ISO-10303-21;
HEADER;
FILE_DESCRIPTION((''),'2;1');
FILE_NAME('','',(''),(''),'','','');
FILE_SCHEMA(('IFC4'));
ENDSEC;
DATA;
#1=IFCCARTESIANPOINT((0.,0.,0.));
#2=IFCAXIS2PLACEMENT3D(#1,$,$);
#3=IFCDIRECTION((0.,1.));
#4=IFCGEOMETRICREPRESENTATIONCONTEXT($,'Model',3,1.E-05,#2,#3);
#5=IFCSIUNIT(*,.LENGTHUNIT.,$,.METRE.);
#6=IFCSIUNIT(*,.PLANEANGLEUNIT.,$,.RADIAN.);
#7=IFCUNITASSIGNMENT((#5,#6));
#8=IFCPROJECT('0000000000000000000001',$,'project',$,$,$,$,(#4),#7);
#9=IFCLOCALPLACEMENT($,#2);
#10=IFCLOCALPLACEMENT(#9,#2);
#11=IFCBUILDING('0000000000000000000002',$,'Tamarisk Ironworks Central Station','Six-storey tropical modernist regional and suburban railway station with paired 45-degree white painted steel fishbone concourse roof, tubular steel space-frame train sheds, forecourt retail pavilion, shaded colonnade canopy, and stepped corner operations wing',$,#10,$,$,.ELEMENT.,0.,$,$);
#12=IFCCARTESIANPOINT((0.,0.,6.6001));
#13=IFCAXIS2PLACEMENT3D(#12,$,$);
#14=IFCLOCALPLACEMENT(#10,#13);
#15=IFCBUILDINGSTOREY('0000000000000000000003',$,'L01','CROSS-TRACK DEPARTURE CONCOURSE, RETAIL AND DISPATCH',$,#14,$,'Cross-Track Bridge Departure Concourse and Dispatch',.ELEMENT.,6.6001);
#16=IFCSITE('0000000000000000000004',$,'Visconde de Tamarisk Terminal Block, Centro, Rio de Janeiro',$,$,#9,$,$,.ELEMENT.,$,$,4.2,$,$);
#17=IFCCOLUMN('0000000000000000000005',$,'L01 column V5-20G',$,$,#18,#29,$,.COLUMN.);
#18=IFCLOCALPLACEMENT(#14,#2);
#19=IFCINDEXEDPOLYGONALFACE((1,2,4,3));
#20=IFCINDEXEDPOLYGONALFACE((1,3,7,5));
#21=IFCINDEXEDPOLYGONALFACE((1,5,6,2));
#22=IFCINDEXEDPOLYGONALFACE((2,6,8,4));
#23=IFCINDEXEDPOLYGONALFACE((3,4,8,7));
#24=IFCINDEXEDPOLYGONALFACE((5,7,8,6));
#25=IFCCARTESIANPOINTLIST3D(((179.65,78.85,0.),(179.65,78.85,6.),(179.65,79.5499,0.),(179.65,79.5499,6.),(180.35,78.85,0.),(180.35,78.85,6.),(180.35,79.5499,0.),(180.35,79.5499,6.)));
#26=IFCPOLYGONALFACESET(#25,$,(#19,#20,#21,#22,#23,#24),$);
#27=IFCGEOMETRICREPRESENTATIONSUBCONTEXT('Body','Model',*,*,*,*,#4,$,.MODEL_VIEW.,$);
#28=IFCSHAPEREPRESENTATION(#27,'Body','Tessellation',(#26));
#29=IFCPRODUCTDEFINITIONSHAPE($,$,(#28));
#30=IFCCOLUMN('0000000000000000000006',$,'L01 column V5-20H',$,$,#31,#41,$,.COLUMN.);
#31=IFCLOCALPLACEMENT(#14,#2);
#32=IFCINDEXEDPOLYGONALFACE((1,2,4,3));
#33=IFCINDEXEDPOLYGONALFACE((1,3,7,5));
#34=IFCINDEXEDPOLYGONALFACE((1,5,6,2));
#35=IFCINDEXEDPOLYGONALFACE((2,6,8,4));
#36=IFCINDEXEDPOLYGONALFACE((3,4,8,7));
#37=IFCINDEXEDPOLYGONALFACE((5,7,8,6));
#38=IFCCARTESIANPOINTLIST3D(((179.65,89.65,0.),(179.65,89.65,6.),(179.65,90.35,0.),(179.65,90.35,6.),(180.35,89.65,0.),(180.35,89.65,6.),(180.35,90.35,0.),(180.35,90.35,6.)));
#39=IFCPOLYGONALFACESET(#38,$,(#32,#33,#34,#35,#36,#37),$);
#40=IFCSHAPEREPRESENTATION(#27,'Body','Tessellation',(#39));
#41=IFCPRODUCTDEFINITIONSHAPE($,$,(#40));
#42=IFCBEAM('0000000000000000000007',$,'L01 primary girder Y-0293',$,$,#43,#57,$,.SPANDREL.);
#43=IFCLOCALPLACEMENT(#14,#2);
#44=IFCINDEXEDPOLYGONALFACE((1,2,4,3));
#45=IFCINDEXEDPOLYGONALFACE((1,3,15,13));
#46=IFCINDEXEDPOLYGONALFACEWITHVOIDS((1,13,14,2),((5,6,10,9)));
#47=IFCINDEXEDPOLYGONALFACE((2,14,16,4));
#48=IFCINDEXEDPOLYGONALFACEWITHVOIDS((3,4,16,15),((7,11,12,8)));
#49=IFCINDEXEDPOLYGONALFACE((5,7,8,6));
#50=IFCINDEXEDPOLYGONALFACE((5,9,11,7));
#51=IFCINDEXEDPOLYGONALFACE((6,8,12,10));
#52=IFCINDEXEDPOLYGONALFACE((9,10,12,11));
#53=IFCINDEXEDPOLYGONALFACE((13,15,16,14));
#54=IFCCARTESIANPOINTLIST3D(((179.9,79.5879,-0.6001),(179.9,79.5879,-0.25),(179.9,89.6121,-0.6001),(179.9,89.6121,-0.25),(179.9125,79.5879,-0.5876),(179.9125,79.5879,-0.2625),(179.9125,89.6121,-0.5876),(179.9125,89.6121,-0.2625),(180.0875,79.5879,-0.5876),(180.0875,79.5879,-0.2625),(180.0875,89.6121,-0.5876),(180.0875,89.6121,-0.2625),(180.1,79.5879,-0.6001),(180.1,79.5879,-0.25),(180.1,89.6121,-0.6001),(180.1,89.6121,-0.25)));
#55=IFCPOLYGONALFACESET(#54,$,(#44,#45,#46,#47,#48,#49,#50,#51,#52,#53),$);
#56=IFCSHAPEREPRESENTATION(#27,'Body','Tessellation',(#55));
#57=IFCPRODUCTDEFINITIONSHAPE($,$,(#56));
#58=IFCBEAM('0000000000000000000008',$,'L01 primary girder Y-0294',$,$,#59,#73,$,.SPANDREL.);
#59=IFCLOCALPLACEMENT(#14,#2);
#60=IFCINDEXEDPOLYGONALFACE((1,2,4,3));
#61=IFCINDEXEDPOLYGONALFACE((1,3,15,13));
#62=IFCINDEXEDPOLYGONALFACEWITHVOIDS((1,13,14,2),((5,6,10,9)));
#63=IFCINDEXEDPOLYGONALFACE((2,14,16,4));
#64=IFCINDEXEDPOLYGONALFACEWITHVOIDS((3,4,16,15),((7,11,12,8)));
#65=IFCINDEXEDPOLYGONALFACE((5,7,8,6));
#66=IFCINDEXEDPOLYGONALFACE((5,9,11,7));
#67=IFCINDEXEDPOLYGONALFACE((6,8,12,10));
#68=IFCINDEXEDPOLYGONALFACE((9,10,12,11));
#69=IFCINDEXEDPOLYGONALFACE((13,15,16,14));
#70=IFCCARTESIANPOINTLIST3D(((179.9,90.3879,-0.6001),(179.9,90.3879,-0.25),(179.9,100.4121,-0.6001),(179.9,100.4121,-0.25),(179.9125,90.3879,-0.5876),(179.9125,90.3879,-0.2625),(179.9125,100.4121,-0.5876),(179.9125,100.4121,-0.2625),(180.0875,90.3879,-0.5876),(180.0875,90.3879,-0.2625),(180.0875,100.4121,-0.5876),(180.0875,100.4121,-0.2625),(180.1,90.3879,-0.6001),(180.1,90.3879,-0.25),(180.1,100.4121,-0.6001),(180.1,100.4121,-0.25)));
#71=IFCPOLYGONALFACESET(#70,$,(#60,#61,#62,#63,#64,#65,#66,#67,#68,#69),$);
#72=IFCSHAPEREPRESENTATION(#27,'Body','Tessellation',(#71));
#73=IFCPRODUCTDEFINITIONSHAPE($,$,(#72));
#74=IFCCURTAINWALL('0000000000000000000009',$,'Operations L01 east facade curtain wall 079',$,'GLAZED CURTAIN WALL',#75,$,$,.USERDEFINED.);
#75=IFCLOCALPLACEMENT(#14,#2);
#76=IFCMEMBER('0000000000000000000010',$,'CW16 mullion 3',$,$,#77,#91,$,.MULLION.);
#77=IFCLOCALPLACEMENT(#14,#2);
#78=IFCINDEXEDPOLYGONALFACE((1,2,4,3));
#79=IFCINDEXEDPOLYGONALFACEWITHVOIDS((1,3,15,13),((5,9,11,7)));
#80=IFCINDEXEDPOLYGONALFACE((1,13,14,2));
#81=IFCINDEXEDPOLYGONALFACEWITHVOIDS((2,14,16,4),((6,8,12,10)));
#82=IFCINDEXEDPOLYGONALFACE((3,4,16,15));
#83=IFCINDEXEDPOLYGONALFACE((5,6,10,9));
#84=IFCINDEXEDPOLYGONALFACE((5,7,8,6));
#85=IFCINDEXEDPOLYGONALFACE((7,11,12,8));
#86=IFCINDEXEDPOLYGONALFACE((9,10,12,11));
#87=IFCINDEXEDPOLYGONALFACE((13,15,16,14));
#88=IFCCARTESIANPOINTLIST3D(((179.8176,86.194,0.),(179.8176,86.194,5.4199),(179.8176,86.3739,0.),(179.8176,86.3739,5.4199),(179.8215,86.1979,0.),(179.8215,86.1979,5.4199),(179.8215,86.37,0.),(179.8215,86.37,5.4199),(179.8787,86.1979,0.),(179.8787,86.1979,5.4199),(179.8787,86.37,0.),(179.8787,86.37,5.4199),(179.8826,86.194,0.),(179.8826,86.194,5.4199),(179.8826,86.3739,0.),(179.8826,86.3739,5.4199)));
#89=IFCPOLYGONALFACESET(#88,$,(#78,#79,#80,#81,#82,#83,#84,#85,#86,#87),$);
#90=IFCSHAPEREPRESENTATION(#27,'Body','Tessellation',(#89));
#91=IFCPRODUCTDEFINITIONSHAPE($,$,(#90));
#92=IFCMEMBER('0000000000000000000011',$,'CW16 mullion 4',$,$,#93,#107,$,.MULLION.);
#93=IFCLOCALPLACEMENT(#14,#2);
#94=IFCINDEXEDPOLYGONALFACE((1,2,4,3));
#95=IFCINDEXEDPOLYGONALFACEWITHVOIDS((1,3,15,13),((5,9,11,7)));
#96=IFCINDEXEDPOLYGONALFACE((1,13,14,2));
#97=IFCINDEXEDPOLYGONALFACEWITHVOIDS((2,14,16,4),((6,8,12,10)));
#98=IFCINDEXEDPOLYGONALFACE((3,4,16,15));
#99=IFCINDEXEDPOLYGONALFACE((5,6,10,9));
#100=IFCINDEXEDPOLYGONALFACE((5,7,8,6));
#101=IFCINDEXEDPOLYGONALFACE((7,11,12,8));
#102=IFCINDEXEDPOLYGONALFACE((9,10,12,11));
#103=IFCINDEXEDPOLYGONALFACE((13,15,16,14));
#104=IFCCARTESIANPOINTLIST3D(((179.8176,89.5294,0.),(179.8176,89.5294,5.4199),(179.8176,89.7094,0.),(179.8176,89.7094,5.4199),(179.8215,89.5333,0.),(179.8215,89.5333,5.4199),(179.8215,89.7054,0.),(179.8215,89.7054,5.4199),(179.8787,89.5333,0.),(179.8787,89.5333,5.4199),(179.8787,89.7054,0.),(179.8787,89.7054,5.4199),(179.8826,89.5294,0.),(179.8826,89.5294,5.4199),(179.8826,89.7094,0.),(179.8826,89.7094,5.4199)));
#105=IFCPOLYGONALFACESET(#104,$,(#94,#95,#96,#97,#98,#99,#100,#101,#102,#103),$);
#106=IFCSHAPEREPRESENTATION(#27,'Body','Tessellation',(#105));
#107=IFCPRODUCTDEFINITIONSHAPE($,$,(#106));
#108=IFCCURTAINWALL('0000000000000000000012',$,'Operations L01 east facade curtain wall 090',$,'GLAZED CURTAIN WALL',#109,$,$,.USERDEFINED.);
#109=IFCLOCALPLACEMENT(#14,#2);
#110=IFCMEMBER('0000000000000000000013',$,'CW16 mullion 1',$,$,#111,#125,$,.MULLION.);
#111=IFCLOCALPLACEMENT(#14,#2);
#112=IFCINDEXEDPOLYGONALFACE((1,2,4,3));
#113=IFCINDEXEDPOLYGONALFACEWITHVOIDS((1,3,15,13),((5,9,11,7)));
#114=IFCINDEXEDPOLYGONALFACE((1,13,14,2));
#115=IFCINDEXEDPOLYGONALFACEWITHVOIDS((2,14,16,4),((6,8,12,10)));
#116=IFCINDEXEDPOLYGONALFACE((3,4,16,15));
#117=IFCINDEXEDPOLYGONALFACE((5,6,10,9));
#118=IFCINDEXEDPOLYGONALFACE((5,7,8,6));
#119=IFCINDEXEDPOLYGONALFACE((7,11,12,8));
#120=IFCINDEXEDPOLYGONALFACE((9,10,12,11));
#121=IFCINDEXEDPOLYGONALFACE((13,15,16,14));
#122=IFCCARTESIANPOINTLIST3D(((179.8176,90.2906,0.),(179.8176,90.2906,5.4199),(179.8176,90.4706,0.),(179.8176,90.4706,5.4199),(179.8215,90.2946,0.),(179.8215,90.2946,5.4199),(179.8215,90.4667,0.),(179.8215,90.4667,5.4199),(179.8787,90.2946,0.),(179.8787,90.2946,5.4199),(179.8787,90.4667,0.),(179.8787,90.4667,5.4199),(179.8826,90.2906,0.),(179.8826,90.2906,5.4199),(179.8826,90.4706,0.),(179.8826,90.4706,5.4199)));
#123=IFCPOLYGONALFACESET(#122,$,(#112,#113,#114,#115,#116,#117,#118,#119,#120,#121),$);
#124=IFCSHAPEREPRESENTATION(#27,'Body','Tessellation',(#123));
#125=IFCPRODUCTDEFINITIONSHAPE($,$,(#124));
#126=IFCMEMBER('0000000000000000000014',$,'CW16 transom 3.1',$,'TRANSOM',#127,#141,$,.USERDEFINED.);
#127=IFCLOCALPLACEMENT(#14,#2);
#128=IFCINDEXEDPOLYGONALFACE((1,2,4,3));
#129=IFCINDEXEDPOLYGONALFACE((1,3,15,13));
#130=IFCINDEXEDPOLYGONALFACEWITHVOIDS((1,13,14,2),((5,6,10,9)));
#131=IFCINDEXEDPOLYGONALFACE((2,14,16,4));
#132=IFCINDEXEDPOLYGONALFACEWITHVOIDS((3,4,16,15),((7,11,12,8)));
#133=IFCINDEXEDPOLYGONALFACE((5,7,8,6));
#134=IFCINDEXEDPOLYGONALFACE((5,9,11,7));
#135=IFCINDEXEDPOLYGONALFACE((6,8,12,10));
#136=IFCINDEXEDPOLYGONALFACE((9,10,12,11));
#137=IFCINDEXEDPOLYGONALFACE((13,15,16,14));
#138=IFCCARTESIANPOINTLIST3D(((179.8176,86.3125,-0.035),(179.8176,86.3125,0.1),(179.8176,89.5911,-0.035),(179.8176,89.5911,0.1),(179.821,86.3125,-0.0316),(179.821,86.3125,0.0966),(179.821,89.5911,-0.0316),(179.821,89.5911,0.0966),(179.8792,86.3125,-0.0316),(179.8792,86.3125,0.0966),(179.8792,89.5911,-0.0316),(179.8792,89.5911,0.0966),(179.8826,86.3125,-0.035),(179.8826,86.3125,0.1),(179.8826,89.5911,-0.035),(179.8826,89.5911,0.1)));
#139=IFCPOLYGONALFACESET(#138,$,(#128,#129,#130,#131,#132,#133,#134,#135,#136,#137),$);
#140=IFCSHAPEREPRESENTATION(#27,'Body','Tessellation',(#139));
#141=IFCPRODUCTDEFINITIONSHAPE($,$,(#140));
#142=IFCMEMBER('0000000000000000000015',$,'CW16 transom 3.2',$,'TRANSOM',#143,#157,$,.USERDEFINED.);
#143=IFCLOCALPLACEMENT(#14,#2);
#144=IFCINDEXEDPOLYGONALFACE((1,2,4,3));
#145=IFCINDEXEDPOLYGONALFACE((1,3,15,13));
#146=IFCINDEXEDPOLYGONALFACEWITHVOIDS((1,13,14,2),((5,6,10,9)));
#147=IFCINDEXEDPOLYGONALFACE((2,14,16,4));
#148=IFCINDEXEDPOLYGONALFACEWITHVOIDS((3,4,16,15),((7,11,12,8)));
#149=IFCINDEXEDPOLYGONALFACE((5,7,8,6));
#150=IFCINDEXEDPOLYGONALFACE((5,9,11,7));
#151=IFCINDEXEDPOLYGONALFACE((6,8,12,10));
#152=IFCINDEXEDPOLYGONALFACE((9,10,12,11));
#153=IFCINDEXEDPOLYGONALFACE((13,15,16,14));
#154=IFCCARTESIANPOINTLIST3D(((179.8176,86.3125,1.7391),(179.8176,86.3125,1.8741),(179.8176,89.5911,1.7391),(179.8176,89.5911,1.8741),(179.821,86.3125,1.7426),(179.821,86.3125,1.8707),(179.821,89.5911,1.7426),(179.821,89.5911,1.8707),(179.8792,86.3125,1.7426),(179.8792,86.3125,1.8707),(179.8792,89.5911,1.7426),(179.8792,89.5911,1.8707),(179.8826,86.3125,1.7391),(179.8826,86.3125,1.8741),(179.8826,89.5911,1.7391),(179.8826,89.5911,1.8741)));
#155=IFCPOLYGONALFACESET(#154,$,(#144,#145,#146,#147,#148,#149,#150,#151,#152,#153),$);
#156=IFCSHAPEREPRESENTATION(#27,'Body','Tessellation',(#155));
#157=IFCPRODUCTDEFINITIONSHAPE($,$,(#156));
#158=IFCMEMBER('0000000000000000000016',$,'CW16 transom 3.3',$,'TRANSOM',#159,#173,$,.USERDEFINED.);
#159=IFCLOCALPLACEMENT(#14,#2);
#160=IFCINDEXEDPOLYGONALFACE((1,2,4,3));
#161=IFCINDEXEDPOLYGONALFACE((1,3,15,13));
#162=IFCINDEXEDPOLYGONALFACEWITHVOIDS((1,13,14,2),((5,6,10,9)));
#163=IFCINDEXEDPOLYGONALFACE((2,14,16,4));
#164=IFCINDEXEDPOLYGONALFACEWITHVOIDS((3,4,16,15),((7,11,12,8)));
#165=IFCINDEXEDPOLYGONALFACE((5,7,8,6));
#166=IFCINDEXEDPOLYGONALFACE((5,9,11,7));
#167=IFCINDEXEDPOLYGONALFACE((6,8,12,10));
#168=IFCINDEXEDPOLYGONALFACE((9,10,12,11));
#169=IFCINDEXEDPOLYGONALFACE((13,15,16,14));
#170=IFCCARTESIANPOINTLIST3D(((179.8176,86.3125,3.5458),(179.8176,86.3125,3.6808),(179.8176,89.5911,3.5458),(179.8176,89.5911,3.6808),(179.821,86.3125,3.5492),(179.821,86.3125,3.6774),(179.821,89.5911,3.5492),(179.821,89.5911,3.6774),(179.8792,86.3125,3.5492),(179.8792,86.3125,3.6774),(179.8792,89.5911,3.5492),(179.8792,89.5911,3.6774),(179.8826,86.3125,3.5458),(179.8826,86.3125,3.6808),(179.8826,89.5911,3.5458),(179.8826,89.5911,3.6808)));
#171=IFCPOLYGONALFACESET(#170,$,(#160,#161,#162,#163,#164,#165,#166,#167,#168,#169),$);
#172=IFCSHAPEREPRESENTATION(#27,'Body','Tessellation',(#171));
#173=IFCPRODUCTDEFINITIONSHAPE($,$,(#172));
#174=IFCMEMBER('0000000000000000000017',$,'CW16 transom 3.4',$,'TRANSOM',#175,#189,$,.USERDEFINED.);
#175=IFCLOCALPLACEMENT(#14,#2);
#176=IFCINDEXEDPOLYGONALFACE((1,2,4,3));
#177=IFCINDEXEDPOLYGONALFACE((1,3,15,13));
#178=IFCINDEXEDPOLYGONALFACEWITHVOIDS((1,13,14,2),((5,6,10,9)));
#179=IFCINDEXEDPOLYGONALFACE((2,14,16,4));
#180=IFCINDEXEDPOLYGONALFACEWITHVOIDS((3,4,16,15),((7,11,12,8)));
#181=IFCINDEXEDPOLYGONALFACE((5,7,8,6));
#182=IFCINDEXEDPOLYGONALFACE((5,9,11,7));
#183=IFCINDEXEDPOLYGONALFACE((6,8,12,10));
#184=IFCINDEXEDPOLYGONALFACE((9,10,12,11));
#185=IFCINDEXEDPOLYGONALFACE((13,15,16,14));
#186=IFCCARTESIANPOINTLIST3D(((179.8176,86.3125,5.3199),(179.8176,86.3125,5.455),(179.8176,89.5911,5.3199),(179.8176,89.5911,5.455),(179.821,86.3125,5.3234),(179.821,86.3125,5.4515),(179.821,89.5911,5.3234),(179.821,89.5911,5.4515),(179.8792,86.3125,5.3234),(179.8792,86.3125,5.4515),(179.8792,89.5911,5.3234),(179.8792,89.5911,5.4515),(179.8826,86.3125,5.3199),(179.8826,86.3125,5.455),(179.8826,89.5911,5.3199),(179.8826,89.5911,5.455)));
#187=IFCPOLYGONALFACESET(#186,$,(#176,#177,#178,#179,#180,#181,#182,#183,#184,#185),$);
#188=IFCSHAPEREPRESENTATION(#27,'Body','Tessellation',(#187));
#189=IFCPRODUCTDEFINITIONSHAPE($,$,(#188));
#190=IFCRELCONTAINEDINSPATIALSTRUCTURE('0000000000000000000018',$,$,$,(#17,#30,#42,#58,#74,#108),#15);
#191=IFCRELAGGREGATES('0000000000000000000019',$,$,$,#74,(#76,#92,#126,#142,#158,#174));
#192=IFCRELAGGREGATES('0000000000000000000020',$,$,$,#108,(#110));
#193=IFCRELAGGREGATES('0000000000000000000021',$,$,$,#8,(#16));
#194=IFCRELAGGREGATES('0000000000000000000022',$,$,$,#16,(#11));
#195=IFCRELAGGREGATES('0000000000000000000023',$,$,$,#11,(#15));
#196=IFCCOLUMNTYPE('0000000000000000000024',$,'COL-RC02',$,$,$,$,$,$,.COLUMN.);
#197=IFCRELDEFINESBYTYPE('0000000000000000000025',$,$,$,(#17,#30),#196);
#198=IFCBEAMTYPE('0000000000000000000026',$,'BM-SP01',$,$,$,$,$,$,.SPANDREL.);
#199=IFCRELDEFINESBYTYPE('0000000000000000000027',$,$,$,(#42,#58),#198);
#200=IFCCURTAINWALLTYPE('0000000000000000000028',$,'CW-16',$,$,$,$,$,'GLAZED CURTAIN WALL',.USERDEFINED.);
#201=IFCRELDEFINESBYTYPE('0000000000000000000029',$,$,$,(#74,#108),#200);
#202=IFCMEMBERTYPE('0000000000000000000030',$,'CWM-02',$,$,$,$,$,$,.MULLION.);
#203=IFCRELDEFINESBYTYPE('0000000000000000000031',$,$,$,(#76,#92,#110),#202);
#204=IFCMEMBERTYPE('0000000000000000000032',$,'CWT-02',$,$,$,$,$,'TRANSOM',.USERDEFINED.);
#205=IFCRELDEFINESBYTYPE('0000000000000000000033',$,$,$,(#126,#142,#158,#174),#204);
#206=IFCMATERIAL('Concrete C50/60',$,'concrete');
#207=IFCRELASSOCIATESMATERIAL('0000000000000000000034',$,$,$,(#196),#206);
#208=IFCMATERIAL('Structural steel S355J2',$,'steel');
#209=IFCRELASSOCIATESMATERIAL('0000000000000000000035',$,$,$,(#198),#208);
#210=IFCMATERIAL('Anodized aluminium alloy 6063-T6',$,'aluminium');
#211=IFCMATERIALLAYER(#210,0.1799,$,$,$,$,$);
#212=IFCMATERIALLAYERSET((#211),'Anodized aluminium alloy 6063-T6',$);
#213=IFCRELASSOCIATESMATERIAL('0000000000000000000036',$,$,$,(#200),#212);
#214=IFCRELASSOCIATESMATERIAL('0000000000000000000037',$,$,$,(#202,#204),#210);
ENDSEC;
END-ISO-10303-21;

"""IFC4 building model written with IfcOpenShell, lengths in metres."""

from ifc_helpers import new_model, si_unit, direction, frame, origin, origin_2d, place, context, subcontext, project, spatial, rectangle, hollow_rectangle, extrude, material, layer, layer_set, material_profile, profile_set, type_object, element, aggregate, save


model = new_model("IFC4")

# Units and contexts
model_context = context("Model", 3, precision=1e-05, world=origin(), true_north=direction((0.0, 1.0)))
body_context = subcontext(model_context, "Body", "Model", "MODEL_VIEW")
ifc_project = project(units=[si_unit("LENGTHUNIT", "METRE"), si_unit("PLANEANGLEUNIT", "RADIAN")], contexts=[model_context])

# Site, building, storey
site_placement = place(None, origin())
site = spatial("IfcSite", under=ifc_project, at=site_placement, Name="Visconde de Tamarisk Terminal Block, Centro, Rio de Janeiro", CompositionType="ELEMENT", RefElevation=4.2)
building_placement = place(site_placement, origin())
building = spatial("IfcBuilding", under=site, at=building_placement, Name="Tamarisk Ironworks Central Station", Description="Six-storey tropical modernist regional and suburban railway station with paired 45-degree white painted steel fishbone concourse roof, tubular steel space-frame train sheds, forecourt retail pavilion, shaded colonnade canopy, and stepped corner operations wing", CompositionType="ELEMENT", ElevationOfRefHeight=0.0)
storey_placement = place(building_placement, frame((0.0, 0.0, 6.6001)))
storey = spatial("IfcBuildingStorey", under=building, at=storey_placement, Name="L01", Description="CROSS-TRACK DEPARTURE CONCOURSE, RETAIL AND DISPATCH", LongName="Cross-Track Bridge Departure Concourse and Dispatch", CompositionType="ELEMENT", Elevation=6.6001)

# Columns
ifc_material_1 = material(Name="Concrete C50/60", Category="concrete")
ifc_material_profile_1 = material_profile(ifc_material_1, rectangle(XDim=0.7, YDim=0.7, at=origin_2d()), Name="RC 700x700")
ifc_profile_set_1 = profile_set([ifc_material_profile_1], Name="Concrete C50/60")
column_type = type_object("IfcColumnType", Name="COL-RC02", PredefinedType="COLUMN", material=ifc_profile_set_1)
for number, where, z_axis, x_axis, name in (
    (1, (180.0, 79.2, 0.0), (0.0, 0.0, 1.0), (1.0, 0.0, 0.0), "L01 column V5-20G"),
    (2, (180.0, 90.0, 0.0), (0.0, 0.0, 1.0), (1.0, 0.0, 0.0), "L01 column V5-20H"),
):
    element("IfcColumn", number, at=place(storey_placement, frame(where, z_axis=z_axis, x_axis=x_axis)), inside=storey, type_object=column_type, Name=name, PredefinedType="COLUMN", context=body_context, shape_type="SweptSolid", body=[
        extrude(rectangle(XDim=0.7, YDim=0.7, at=origin_2d()), origin(), (0.0, 0.0, 1.0), 6.0),
    ])

# Beams
ifc_material_2 = material(Name="Structural steel S355J2", Category="steel")
ifc_material_profile_2 = material_profile(ifc_material_2, hollow_rectangle(XDim=0.2, YDim=0.3501, WallThickness=0.0125, at=origin_2d()), Name="RHS 350x200x12.5")
ifc_profile_set_2 = profile_set([ifc_material_profile_2], Name="Structural steel S355J2")
beam_type = type_object("IfcBeamType", Name="BM-SP01", PredefinedType="SPANDREL", material=ifc_profile_set_2)
for number, where, z_axis, x_axis, name in (
    (3, (180.0, 79.5879, -0.425), (0.0, 1.0, 0.0), (-1.0, 0.0, 0.0), "L01 primary girder Y-0293"),
    (4, (180.0, 90.3879, -0.425), (0.0, 1.0, 0.0), (-1.0, 0.0, 0.0), "L01 primary girder Y-0294"),
):
    element("IfcBeam", number, at=place(storey_placement, frame(where, z_axis=z_axis, x_axis=x_axis)), inside=storey, type_object=beam_type, Name=name, PredefinedType="SPANDREL", context=body_context, shape_type="SweptSolid", body=[
        extrude(hollow_rectangle(XDim=0.2, YDim=0.3501, WallThickness=0.0125, at=origin_2d()), origin(), (0.0, 0.0, 1.0), 10.0242),
    ])

# Curtain wall, members
ifc_material_3 = material(Name="Anodized aluminium alloy 6063-T6", Category="aluminium")
ifc_layer_1 = layer(ifc_material_3, 0.1799)
ifc_layer_set_1 = layer_set([ifc_layer_1], Name="Anodized aluminium alloy 6063-T6")
curtain_wall_type = type_object("IfcCurtainWallType", Name="CW-16", ElementType="GLAZED CURTAIN WALL", PredefinedType="USERDEFINED", material=ifc_layer_set_1)
curtain_wall_1_placement = place(storey_placement, origin())
curtain_wall_1 = element("IfcCurtainWall", 5, at=curtain_wall_1_placement, inside=storey, type_object=curtain_wall_type, Name="Operations L01 east facade curtain wall 079", ObjectType="GLAZED CURTAIN WALL", PredefinedType="USERDEFINED")
ifc_material_profile_3 = material_profile(ifc_material_3, hollow_rectangle(XDim=0.0649, YDim=0.1799, WallThickness=0.0039, at=origin_2d()), Name="ALUM 180x65")
ifc_profile_set_3 = profile_set([ifc_material_profile_3], Name="Anodized aluminium alloy 6063-T6")
member_type_1 = type_object("IfcMemberType", Name="CWM-02", PredefinedType="MULLION", material=ifc_profile_set_3)
member_1_placement = place(storey_placement, frame((179.8501, 86.2839, 0.0), z_axis=(0.0, 0.0, 1.0), x_axis=(-1.0, 0.0, 0.0)))
member_1 = element("IfcMember", 6, at=member_1_placement, type_object=member_type_1, Name="CW16 mullion 3", PredefinedType="MULLION", context=body_context, shape_type="SweptSolid", body=[
    extrude(hollow_rectangle(XDim=0.0649, YDim=0.1799, WallThickness=0.0039, at=origin_2d()), origin(), (0.0, 0.0, 1.0), 5.4199),
])
member_2_placement = place(storey_placement, frame((179.8501, 89.6194, 0.0), z_axis=(0.0, 0.0, 1.0), x_axis=(-1.0, 0.0, 0.0)))
member_2 = element("IfcMember", 7, at=member_2_placement, type_object=member_type_1, Name="CW16 mullion 4", PredefinedType="MULLION", context=body_context, shape_type="SweptSolid", body=[
    extrude(hollow_rectangle(XDim=0.0649, YDim=0.1799, WallThickness=0.0039, at=origin_2d()), origin(), (0.0, 0.0, 1.0), 5.4199),
])

# Curtain wall, member
curtain_wall_2_placement = place(storey_placement, origin())
curtain_wall_2 = element("IfcCurtainWall", 8, at=curtain_wall_2_placement, inside=storey, type_object=curtain_wall_type, Name="Operations L01 east facade curtain wall 090", ObjectType="GLAZED CURTAIN WALL", PredefinedType="USERDEFINED")
member_3_placement = place(storey_placement, frame((179.8501, 90.3806, 0.0), z_axis=(0.0, 0.0, 1.0), x_axis=(-1.0, 0.0, 0.0)))
member_3 = element("IfcMember", 9, at=member_3_placement, type_object=member_type_1, Name="CW16 mullion 1", PredefinedType="MULLION", context=body_context, shape_type="SweptSolid", body=[
    extrude(hollow_rectangle(XDim=0.0649, YDim=0.1799, WallThickness=0.0039, at=origin_2d()), origin(), (0.0, 0.0, 1.0), 5.4199),
])

# Members
ifc_material_profile_4 = material_profile(ifc_material_3, hollow_rectangle(XDim=0.0649, YDim=0.135, WallThickness=0.0034, at=origin_2d()), Name="ALUM 135x65")
ifc_profile_set_4 = profile_set([ifc_material_profile_4], Name="Anodized aluminium alloy 6063-T6")
member_type_2 = type_object("IfcMemberType", Name="CWT-02", ElementType="TRANSOM", PredefinedType="USERDEFINED", material=ifc_profile_set_4)
member_4_placement = place(storey_placement, frame((179.8501, 86.3125, 0.0325), z_axis=(0.0, 1.0, 0.0), x_axis=(-1.0, 0.0, 0.0)))
member_4 = element("IfcMember", 10, at=member_4_placement, type_object=member_type_2, Name="CW16 transom 3.1", ObjectType="TRANSOM", PredefinedType="USERDEFINED", context=body_context, shape_type="SweptSolid", body=[
    extrude(hollow_rectangle(XDim=0.0649, YDim=0.135, WallThickness=0.0034, at=origin_2d()), origin(), (0.0, 0.0, 1.0), 3.2786),
])
member_5_placement = place(storey_placement, frame((179.8501, 86.3125, 1.8066), z_axis=(0.0, 1.0, 0.0), x_axis=(-1.0, 0.0, 0.0)))
member_5 = element("IfcMember", 11, at=member_5_placement, type_object=member_type_2, Name="CW16 transom 3.2", ObjectType="TRANSOM", PredefinedType="USERDEFINED", context=body_context, shape_type="SweptSolid", body=[
    extrude(hollow_rectangle(XDim=0.0649, YDim=0.135, WallThickness=0.0034, at=origin_2d()), origin(), (0.0, 0.0, 1.0), 3.2786),
])
member_6_placement = place(storey_placement, frame((179.8501, 86.3125, 3.6133), z_axis=(0.0, 1.0, 0.0), x_axis=(-1.0, 0.0, 0.0)))
member_6 = element("IfcMember", 12, at=member_6_placement, type_object=member_type_2, Name="CW16 transom 3.3", ObjectType="TRANSOM", PredefinedType="USERDEFINED", context=body_context, shape_type="SweptSolid", body=[
    extrude(hollow_rectangle(XDim=0.0649, YDim=0.135, WallThickness=0.0034, at=origin_2d()), origin(), (0.0, 0.0, 1.0), 3.2786),
])
member_7_placement = place(storey_placement, frame((179.8501, 86.3125, 5.3875), z_axis=(0.0, 1.0, 0.0), x_axis=(-1.0, 0.0, 0.0)))
member_7 = element("IfcMember", 13, at=member_7_placement, type_object=member_type_2, Name="CW16 transom 3.4", ObjectType="TRANSOM", PredefinedType="USERDEFINED", context=body_context, shape_type="SweptSolid", body=[
    extrude(hollow_rectangle(XDim=0.0649, YDim=0.135, WallThickness=0.0034, at=origin_2d()), origin(), (0.0, 0.0, 1.0), 3.2786),
])

aggregate(curtain_wall_1, [member_1, member_2, member_4, member_5, member_6, member_7])
aggregate(curtain_wall_2, [member_3])

save(model, "model.ifc")
